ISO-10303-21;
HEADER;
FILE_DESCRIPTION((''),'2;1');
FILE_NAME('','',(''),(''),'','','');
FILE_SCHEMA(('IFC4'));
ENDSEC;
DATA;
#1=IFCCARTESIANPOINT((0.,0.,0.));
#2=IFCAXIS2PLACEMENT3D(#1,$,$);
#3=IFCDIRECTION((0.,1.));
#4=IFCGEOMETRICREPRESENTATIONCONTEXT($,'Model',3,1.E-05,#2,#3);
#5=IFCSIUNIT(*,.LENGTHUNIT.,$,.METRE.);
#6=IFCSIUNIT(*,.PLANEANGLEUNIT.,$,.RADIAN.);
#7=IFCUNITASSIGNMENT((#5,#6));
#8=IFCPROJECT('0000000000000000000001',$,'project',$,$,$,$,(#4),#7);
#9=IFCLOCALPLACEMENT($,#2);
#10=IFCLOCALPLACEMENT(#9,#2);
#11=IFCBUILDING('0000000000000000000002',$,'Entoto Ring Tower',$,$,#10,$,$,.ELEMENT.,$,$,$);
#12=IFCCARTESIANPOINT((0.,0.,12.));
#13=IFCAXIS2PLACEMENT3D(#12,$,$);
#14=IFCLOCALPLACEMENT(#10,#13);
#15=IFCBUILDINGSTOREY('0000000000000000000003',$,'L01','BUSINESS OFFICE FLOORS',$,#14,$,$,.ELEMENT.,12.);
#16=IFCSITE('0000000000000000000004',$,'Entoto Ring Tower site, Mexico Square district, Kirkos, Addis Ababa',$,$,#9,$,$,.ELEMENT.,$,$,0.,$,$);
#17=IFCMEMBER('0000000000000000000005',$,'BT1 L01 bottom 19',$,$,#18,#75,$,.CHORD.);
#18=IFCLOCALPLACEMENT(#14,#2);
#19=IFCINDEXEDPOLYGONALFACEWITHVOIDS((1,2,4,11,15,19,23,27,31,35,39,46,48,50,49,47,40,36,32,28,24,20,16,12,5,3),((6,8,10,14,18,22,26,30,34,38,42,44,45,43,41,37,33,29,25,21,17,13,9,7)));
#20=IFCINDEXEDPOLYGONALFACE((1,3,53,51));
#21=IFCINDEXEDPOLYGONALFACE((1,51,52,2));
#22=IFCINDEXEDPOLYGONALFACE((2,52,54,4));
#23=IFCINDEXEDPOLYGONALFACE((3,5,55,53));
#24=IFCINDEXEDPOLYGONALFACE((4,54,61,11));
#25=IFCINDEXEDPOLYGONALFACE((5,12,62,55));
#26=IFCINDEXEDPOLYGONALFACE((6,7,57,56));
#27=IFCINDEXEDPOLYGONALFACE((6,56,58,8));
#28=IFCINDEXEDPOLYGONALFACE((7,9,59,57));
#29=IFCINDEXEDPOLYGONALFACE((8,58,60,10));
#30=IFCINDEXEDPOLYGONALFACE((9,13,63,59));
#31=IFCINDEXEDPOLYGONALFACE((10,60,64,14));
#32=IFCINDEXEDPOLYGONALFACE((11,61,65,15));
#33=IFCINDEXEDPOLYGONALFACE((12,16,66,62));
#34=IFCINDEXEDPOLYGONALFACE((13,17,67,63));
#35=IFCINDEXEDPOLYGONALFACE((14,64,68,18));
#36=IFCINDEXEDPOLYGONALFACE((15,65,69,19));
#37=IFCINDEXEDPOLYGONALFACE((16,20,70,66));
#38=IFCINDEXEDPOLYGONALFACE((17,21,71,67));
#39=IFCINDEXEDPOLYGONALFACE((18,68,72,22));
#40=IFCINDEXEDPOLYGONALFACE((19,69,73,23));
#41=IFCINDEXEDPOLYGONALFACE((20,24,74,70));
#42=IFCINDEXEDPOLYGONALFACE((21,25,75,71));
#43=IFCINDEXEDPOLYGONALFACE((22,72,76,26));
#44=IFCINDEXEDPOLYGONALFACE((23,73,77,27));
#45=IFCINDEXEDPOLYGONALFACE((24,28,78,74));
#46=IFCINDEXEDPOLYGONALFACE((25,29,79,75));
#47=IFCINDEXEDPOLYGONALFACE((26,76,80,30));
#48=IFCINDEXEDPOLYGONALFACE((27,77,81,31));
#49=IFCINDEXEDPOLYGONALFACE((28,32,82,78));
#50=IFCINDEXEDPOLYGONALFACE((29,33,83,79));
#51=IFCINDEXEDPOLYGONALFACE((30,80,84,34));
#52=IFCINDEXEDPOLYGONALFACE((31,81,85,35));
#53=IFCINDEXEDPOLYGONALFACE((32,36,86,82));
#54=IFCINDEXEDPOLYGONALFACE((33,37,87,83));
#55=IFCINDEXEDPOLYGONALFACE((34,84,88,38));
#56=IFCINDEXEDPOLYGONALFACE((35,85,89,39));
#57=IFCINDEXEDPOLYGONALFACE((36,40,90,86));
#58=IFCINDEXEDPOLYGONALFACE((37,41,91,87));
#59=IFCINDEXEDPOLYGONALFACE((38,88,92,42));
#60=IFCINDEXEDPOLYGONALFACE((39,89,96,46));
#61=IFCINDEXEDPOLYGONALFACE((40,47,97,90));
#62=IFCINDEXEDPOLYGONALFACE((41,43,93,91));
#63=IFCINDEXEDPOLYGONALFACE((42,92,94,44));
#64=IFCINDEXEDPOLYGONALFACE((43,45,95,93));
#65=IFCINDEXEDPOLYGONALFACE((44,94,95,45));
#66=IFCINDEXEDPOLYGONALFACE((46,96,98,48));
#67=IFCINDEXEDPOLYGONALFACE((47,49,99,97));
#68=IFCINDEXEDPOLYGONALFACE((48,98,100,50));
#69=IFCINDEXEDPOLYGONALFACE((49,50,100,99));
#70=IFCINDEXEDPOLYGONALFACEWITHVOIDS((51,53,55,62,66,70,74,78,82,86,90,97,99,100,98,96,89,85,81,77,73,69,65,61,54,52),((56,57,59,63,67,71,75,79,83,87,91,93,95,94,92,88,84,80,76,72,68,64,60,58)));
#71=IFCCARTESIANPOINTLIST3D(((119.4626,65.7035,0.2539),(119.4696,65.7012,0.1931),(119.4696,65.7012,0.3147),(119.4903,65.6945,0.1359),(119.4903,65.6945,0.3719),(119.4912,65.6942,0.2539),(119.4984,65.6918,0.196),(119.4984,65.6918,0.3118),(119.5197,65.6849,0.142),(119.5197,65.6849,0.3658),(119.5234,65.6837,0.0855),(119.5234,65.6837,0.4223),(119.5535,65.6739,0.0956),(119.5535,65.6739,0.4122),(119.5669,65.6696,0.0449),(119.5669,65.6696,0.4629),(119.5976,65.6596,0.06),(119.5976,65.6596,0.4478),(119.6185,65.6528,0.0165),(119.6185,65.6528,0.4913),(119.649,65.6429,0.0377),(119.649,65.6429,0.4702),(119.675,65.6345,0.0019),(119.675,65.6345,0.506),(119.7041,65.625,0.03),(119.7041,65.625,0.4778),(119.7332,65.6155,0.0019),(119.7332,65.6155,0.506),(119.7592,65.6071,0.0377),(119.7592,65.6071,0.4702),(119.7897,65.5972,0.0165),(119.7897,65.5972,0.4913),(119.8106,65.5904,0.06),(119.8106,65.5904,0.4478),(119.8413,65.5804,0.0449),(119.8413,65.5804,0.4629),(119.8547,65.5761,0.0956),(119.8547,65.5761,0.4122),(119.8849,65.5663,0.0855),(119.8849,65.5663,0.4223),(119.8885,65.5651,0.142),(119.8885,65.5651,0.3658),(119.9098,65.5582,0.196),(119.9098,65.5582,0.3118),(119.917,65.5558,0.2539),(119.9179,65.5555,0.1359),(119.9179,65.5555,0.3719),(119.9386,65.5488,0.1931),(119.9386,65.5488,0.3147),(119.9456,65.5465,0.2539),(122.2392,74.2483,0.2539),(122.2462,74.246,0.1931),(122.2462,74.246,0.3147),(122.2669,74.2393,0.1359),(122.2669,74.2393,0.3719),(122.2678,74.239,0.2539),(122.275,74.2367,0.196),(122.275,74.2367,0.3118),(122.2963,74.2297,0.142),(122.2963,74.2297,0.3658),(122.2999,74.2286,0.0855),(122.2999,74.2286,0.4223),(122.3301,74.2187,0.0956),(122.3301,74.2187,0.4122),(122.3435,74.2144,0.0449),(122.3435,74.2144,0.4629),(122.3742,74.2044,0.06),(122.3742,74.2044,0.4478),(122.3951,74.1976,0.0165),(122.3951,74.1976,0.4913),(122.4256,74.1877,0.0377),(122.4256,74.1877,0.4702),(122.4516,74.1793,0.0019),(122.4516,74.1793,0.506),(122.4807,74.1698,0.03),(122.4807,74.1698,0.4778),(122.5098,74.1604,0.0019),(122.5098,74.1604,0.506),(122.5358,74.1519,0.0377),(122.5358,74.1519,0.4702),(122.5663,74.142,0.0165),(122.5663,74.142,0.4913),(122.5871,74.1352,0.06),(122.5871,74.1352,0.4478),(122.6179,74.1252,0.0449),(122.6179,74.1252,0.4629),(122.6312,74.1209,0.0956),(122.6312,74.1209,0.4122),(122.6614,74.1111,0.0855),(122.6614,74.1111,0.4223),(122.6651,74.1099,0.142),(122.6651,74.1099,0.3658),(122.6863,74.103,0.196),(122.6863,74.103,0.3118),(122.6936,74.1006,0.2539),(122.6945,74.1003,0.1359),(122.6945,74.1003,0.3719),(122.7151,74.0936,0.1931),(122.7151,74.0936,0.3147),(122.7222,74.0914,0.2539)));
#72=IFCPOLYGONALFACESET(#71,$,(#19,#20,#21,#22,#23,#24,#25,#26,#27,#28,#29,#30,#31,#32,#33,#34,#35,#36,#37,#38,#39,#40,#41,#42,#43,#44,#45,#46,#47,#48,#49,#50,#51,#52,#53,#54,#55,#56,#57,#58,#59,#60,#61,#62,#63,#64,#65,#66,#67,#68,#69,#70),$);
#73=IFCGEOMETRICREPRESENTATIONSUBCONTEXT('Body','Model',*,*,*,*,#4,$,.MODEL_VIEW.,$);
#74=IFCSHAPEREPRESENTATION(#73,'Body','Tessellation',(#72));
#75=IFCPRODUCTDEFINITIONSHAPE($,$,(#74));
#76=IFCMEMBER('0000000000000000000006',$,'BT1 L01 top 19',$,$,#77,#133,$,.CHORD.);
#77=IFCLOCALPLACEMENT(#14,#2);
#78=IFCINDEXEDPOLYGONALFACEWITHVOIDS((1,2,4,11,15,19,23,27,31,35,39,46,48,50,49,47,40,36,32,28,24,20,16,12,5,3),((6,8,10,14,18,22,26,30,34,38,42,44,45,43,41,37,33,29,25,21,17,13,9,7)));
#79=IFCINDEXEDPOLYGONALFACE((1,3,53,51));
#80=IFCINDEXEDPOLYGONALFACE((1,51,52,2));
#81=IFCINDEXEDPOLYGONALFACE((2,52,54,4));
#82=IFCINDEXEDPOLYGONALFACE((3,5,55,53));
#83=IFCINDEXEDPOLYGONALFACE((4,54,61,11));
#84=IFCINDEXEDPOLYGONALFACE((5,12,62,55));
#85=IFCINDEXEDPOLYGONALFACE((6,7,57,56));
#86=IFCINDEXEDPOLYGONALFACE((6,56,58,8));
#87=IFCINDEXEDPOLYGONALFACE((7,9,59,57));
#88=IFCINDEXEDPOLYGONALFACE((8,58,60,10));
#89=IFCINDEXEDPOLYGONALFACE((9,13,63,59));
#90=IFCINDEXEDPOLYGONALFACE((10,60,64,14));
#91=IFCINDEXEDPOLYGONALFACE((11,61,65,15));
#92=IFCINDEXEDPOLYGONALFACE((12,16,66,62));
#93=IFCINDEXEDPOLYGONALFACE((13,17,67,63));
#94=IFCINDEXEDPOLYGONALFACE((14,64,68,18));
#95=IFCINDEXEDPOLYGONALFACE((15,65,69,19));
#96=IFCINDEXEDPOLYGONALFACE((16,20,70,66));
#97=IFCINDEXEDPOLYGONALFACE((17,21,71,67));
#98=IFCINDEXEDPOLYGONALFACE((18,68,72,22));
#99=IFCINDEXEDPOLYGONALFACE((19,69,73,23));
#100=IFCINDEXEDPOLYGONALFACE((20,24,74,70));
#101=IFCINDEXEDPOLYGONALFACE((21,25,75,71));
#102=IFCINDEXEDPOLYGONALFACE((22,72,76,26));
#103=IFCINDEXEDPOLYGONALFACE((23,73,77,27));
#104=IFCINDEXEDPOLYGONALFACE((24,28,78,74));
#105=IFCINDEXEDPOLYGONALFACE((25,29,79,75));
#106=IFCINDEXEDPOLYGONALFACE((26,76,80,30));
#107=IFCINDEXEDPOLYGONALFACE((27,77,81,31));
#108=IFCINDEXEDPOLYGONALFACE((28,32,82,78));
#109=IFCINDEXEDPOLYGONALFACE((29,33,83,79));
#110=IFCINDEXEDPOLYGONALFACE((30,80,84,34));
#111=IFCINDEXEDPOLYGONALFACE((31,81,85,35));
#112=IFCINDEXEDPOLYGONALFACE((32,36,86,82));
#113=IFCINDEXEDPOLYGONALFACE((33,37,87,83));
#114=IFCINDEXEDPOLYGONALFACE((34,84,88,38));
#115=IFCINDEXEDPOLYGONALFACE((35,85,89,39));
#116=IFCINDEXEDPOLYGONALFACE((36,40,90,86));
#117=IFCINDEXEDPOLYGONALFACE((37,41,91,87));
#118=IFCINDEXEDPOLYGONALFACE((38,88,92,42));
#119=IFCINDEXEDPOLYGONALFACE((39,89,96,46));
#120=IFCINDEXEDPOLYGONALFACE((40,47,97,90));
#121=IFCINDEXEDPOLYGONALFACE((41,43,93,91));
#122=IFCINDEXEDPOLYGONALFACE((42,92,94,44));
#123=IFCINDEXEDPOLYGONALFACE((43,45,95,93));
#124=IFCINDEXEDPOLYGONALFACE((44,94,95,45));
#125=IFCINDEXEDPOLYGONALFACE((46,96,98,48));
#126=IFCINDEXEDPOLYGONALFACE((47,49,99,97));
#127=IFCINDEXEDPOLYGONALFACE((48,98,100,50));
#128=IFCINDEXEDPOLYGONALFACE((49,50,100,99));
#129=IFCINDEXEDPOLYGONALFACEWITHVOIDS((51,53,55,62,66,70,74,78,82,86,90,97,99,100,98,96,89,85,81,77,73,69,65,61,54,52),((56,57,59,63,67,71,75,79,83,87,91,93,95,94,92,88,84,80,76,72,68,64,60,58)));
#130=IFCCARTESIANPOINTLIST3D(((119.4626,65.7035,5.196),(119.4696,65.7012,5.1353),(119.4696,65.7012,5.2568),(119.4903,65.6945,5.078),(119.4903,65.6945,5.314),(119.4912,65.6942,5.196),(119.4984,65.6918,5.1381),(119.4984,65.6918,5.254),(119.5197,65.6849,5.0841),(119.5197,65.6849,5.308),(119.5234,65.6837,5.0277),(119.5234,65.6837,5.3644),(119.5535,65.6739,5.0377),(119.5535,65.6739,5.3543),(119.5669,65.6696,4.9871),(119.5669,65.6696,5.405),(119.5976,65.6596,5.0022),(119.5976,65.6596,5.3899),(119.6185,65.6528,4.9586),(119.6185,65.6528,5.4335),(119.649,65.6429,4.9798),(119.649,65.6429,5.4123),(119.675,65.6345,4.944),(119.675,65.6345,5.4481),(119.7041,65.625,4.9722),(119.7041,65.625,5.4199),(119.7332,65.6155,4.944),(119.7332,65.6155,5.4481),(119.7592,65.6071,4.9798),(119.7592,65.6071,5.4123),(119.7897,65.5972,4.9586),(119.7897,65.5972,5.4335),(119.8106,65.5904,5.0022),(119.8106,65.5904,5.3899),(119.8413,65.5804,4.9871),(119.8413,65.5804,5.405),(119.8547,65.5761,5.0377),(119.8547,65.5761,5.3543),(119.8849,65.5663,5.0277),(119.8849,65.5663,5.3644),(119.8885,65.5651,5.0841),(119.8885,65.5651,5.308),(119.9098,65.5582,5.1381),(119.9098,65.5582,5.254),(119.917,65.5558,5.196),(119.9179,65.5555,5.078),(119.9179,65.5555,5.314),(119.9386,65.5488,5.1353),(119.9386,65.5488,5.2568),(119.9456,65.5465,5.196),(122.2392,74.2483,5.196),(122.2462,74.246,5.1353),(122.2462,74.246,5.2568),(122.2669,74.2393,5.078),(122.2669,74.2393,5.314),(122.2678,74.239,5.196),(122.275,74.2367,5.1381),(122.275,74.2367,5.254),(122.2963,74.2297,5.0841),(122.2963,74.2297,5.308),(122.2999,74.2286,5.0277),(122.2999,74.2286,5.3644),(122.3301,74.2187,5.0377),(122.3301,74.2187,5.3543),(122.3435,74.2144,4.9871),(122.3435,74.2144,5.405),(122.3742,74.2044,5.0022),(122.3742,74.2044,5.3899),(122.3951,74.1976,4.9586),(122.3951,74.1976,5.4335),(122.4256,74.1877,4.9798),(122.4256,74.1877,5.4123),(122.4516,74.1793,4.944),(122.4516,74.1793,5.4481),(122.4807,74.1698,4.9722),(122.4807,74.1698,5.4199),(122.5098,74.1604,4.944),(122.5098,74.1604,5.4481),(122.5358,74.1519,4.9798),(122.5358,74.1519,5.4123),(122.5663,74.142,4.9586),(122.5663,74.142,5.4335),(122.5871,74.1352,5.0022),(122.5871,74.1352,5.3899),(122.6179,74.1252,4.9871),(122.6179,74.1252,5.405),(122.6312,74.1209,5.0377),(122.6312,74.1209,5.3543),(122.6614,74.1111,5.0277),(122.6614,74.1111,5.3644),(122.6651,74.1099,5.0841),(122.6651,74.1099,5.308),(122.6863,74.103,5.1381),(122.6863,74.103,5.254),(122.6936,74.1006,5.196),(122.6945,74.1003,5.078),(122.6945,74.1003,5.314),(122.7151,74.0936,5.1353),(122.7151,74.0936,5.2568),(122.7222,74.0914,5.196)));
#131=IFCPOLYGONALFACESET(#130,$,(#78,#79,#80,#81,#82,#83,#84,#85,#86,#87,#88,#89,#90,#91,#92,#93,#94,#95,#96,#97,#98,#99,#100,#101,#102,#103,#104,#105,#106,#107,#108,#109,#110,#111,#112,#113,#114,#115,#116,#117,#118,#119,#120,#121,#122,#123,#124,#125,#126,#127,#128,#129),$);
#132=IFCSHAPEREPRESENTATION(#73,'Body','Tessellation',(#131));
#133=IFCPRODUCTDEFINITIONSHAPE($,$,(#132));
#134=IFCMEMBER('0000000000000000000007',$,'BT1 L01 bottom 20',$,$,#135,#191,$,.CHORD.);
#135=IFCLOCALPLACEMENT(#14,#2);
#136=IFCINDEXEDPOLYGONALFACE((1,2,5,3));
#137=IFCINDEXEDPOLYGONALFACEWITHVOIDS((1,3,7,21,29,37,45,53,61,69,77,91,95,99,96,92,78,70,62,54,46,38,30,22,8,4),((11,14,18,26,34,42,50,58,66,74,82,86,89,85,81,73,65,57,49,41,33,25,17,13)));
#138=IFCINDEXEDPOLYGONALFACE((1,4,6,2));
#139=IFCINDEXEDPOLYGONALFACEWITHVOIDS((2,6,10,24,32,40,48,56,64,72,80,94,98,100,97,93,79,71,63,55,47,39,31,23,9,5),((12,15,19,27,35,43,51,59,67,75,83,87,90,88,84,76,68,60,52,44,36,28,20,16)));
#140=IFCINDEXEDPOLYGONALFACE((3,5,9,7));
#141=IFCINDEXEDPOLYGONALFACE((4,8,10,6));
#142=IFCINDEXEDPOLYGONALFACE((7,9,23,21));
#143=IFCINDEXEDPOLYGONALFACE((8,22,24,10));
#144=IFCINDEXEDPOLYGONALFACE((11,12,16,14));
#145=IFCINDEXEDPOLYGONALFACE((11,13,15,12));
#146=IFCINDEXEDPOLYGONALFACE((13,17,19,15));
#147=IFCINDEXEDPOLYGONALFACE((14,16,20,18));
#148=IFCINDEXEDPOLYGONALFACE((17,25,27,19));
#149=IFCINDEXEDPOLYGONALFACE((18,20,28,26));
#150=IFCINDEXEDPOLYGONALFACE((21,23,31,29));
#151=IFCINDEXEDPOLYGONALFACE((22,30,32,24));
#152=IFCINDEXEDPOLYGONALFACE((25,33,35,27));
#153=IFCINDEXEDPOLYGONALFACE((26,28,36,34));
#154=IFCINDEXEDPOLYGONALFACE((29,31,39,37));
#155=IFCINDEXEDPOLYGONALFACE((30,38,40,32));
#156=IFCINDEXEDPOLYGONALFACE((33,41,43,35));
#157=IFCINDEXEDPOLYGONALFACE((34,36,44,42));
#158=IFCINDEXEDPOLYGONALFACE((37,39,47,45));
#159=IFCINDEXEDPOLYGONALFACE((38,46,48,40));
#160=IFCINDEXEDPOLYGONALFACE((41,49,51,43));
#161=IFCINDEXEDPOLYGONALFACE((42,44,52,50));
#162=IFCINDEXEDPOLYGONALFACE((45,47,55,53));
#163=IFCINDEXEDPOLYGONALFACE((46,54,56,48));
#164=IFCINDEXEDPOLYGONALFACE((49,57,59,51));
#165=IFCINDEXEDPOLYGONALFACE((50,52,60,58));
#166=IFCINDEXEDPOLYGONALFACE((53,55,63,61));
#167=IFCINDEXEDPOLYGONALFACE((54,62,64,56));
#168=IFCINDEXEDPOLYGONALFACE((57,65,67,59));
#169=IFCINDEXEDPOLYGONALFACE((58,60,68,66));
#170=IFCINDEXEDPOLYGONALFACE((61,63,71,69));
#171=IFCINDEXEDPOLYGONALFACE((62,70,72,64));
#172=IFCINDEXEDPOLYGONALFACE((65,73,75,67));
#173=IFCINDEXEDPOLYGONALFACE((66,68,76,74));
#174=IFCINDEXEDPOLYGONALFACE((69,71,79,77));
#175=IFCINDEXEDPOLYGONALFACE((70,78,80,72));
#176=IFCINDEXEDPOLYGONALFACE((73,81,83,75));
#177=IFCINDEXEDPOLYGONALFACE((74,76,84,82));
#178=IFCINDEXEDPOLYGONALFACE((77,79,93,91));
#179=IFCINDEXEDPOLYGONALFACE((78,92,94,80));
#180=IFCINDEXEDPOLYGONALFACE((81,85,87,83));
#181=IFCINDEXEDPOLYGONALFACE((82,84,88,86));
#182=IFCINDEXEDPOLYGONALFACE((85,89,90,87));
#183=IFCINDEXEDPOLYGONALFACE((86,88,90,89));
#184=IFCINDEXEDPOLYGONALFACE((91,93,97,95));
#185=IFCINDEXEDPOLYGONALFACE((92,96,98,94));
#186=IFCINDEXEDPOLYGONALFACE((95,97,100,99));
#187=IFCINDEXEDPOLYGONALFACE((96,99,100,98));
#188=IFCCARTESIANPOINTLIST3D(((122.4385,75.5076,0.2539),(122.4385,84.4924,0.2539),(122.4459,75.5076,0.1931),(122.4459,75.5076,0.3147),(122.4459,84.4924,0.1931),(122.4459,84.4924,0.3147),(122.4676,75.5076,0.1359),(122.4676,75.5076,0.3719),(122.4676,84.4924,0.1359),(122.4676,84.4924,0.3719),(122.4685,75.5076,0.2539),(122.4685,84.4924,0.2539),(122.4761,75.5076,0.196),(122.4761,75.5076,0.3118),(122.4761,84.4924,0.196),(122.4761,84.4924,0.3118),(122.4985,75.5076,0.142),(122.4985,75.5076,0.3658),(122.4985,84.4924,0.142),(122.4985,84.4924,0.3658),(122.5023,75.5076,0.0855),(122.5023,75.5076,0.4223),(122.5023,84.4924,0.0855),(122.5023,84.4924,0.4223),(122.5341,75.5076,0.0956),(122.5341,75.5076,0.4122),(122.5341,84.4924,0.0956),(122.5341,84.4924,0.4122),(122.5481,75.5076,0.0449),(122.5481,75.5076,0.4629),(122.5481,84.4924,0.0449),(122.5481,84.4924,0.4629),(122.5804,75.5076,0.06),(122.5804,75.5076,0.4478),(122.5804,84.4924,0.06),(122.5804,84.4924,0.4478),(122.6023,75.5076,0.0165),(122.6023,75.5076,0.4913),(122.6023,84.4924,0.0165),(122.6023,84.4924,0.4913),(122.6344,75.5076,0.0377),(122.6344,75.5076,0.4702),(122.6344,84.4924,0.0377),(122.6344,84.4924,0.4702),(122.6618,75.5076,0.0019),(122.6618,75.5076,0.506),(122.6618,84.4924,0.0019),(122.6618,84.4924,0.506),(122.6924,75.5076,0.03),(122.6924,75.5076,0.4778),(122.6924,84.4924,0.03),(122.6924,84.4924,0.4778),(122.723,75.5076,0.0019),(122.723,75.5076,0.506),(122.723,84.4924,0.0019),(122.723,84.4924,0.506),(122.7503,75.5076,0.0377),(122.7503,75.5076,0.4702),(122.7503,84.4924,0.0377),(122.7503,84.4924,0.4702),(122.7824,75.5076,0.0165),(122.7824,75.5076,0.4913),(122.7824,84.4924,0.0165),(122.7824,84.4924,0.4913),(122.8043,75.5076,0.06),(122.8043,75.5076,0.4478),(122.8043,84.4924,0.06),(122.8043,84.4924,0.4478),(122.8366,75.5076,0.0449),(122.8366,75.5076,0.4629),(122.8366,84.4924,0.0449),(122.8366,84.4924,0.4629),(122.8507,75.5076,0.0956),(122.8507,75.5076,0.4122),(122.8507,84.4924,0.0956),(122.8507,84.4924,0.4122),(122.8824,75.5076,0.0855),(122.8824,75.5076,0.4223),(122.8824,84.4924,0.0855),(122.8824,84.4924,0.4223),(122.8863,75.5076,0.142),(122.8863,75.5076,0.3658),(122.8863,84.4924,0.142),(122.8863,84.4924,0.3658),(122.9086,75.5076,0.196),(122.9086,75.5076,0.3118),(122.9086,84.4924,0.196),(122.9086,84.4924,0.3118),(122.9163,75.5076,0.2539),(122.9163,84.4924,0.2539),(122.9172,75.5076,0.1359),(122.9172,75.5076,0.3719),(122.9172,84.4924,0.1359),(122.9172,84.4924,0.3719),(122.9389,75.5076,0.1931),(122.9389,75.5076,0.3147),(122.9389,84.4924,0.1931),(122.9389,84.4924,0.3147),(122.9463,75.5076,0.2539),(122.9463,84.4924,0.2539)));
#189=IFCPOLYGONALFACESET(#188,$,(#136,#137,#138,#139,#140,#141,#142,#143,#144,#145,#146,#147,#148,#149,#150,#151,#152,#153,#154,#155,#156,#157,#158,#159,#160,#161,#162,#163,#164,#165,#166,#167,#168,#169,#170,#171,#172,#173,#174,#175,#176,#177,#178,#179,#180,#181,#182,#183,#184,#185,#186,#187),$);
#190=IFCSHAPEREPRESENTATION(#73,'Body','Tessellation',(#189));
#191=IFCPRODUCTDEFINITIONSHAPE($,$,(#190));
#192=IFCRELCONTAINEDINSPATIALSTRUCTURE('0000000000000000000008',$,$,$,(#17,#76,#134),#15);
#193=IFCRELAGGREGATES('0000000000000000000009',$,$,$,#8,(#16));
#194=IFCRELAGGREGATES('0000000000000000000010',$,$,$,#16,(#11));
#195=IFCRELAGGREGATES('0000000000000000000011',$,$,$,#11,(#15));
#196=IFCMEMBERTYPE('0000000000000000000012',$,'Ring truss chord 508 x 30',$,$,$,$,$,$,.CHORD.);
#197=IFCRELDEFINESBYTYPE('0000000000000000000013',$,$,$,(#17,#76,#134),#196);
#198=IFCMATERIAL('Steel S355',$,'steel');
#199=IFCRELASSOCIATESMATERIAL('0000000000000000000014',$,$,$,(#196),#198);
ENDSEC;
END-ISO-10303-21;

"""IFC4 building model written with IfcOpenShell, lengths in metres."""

from ifc_helpers import new_model, si_unit, direction, frame, origin, origin_2d, place, context, subcontext, project, spatial, circle, hollow_circle, extrude, material, material_profile, profile_set, type_object, element, save


model = new_model("IFC4")

# Units and contexts
model_context = context("Model", 3, precision=1e-05, world=origin(), true_north=direction((0.0, 1.0)))
body_context = subcontext(model_context, "Body", "Model", "MODEL_VIEW")
ifc_project = project(units=[si_unit("LENGTHUNIT", "METRE"), si_unit("PLANEANGLEUNIT", "RADIAN")], contexts=[model_context])

# Site, building, storey
site_placement = place(None, origin())
site = spatial("IfcSite", under=ifc_project, at=site_placement, Name="Entoto Ring Tower site, Mexico Square district, Kirkos, Addis Ababa", CompositionType="ELEMENT", RefElevation=0.0)
building_placement = place(site_placement, origin())
building = spatial("IfcBuilding", under=site, at=building_placement, Name="Entoto Ring Tower", CompositionType="ELEMENT")
storey_placement = place(building_placement, frame((0.0, 0.0, 12.0)))
storey = spatial("IfcBuildingStorey", under=building, at=storey_placement, Name="L01", Description="BUSINESS OFFICE FLOORS", CompositionType="ELEMENT", Elevation=12.0)

# Members
ifc_material_1 = material(Name="Steel S355", Category="steel")
ifc_material_profile_1 = material_profile(ifc_material_1, hollow_circle(Radius=0.2539, WallThickness=0.03, at=origin_2d()), Name="CHS 508 x 30")
ifc_material_2 = material(Name="Concrete C60/75", Category="concrete")
ifc_material_profile_2 = material_profile(ifc_material_2, circle(Radius=0.2241, at=origin_2d()), Name="Concrete C60/75 infill")
ifc_profile_set_1 = profile_set([ifc_material_profile_1, ifc_material_profile_2], Name="Steel S355")
member_type_1 = type_object("IfcMemberType", Name="Ring truss chord 508 x 30", PredefinedType="CHORD", material=ifc_profile_set_1)
for number, where, z_axis, x_axis, name in (
    (1, (119.7041, 65.625, 0.2539), (0.309037, 0.95105, 0.0), (-0.95105, 0.309037, 0.0), "BT1 L01 bottom 19"),
    (2, (119.7041, 65.625, 5.196), (0.309037, 0.95105, 0.0), (-0.95105, 0.309037, 0.0), "BT1 L01 top 19"),
):
    element("IfcMember", number, at=place(storey_placement, frame(where, z_axis=z_axis, x_axis=x_axis)), inside=storey, type_object=member_type_1, Name=name, PredefinedType="CHORD", context=body_context, shape_type="SweptSolid", body=[
        extrude(hollow_circle(Radius=0.2539, WallThickness=0.03, at=origin_2d()), origin(), (0.0, 0.0, 1.0), 8.9846),
    ])
for number, where, z_axis, x_axis, name in (
    (3, (122.6924, 75.5076, 0.2539), (0.0, 1.0, 0.0), (-1.0, 0.0, 0.0), "BT1 L01 bottom 20"),
):
    element("IfcMember", number, at=place(storey_placement, frame(where, z_axis=z_axis, x_axis=x_axis)), inside=storey, type_object=member_type_1, Name=name, PredefinedType="CHORD", context=body_context, shape_type="SweptSolid", body=[
        extrude(hollow_circle(Radius=0.2539, WallThickness=0.03, at=origin_2d()), origin(), (0.0, 0.0, 1.0), 8.9849),
    ])

save(model, "model.ifc")
